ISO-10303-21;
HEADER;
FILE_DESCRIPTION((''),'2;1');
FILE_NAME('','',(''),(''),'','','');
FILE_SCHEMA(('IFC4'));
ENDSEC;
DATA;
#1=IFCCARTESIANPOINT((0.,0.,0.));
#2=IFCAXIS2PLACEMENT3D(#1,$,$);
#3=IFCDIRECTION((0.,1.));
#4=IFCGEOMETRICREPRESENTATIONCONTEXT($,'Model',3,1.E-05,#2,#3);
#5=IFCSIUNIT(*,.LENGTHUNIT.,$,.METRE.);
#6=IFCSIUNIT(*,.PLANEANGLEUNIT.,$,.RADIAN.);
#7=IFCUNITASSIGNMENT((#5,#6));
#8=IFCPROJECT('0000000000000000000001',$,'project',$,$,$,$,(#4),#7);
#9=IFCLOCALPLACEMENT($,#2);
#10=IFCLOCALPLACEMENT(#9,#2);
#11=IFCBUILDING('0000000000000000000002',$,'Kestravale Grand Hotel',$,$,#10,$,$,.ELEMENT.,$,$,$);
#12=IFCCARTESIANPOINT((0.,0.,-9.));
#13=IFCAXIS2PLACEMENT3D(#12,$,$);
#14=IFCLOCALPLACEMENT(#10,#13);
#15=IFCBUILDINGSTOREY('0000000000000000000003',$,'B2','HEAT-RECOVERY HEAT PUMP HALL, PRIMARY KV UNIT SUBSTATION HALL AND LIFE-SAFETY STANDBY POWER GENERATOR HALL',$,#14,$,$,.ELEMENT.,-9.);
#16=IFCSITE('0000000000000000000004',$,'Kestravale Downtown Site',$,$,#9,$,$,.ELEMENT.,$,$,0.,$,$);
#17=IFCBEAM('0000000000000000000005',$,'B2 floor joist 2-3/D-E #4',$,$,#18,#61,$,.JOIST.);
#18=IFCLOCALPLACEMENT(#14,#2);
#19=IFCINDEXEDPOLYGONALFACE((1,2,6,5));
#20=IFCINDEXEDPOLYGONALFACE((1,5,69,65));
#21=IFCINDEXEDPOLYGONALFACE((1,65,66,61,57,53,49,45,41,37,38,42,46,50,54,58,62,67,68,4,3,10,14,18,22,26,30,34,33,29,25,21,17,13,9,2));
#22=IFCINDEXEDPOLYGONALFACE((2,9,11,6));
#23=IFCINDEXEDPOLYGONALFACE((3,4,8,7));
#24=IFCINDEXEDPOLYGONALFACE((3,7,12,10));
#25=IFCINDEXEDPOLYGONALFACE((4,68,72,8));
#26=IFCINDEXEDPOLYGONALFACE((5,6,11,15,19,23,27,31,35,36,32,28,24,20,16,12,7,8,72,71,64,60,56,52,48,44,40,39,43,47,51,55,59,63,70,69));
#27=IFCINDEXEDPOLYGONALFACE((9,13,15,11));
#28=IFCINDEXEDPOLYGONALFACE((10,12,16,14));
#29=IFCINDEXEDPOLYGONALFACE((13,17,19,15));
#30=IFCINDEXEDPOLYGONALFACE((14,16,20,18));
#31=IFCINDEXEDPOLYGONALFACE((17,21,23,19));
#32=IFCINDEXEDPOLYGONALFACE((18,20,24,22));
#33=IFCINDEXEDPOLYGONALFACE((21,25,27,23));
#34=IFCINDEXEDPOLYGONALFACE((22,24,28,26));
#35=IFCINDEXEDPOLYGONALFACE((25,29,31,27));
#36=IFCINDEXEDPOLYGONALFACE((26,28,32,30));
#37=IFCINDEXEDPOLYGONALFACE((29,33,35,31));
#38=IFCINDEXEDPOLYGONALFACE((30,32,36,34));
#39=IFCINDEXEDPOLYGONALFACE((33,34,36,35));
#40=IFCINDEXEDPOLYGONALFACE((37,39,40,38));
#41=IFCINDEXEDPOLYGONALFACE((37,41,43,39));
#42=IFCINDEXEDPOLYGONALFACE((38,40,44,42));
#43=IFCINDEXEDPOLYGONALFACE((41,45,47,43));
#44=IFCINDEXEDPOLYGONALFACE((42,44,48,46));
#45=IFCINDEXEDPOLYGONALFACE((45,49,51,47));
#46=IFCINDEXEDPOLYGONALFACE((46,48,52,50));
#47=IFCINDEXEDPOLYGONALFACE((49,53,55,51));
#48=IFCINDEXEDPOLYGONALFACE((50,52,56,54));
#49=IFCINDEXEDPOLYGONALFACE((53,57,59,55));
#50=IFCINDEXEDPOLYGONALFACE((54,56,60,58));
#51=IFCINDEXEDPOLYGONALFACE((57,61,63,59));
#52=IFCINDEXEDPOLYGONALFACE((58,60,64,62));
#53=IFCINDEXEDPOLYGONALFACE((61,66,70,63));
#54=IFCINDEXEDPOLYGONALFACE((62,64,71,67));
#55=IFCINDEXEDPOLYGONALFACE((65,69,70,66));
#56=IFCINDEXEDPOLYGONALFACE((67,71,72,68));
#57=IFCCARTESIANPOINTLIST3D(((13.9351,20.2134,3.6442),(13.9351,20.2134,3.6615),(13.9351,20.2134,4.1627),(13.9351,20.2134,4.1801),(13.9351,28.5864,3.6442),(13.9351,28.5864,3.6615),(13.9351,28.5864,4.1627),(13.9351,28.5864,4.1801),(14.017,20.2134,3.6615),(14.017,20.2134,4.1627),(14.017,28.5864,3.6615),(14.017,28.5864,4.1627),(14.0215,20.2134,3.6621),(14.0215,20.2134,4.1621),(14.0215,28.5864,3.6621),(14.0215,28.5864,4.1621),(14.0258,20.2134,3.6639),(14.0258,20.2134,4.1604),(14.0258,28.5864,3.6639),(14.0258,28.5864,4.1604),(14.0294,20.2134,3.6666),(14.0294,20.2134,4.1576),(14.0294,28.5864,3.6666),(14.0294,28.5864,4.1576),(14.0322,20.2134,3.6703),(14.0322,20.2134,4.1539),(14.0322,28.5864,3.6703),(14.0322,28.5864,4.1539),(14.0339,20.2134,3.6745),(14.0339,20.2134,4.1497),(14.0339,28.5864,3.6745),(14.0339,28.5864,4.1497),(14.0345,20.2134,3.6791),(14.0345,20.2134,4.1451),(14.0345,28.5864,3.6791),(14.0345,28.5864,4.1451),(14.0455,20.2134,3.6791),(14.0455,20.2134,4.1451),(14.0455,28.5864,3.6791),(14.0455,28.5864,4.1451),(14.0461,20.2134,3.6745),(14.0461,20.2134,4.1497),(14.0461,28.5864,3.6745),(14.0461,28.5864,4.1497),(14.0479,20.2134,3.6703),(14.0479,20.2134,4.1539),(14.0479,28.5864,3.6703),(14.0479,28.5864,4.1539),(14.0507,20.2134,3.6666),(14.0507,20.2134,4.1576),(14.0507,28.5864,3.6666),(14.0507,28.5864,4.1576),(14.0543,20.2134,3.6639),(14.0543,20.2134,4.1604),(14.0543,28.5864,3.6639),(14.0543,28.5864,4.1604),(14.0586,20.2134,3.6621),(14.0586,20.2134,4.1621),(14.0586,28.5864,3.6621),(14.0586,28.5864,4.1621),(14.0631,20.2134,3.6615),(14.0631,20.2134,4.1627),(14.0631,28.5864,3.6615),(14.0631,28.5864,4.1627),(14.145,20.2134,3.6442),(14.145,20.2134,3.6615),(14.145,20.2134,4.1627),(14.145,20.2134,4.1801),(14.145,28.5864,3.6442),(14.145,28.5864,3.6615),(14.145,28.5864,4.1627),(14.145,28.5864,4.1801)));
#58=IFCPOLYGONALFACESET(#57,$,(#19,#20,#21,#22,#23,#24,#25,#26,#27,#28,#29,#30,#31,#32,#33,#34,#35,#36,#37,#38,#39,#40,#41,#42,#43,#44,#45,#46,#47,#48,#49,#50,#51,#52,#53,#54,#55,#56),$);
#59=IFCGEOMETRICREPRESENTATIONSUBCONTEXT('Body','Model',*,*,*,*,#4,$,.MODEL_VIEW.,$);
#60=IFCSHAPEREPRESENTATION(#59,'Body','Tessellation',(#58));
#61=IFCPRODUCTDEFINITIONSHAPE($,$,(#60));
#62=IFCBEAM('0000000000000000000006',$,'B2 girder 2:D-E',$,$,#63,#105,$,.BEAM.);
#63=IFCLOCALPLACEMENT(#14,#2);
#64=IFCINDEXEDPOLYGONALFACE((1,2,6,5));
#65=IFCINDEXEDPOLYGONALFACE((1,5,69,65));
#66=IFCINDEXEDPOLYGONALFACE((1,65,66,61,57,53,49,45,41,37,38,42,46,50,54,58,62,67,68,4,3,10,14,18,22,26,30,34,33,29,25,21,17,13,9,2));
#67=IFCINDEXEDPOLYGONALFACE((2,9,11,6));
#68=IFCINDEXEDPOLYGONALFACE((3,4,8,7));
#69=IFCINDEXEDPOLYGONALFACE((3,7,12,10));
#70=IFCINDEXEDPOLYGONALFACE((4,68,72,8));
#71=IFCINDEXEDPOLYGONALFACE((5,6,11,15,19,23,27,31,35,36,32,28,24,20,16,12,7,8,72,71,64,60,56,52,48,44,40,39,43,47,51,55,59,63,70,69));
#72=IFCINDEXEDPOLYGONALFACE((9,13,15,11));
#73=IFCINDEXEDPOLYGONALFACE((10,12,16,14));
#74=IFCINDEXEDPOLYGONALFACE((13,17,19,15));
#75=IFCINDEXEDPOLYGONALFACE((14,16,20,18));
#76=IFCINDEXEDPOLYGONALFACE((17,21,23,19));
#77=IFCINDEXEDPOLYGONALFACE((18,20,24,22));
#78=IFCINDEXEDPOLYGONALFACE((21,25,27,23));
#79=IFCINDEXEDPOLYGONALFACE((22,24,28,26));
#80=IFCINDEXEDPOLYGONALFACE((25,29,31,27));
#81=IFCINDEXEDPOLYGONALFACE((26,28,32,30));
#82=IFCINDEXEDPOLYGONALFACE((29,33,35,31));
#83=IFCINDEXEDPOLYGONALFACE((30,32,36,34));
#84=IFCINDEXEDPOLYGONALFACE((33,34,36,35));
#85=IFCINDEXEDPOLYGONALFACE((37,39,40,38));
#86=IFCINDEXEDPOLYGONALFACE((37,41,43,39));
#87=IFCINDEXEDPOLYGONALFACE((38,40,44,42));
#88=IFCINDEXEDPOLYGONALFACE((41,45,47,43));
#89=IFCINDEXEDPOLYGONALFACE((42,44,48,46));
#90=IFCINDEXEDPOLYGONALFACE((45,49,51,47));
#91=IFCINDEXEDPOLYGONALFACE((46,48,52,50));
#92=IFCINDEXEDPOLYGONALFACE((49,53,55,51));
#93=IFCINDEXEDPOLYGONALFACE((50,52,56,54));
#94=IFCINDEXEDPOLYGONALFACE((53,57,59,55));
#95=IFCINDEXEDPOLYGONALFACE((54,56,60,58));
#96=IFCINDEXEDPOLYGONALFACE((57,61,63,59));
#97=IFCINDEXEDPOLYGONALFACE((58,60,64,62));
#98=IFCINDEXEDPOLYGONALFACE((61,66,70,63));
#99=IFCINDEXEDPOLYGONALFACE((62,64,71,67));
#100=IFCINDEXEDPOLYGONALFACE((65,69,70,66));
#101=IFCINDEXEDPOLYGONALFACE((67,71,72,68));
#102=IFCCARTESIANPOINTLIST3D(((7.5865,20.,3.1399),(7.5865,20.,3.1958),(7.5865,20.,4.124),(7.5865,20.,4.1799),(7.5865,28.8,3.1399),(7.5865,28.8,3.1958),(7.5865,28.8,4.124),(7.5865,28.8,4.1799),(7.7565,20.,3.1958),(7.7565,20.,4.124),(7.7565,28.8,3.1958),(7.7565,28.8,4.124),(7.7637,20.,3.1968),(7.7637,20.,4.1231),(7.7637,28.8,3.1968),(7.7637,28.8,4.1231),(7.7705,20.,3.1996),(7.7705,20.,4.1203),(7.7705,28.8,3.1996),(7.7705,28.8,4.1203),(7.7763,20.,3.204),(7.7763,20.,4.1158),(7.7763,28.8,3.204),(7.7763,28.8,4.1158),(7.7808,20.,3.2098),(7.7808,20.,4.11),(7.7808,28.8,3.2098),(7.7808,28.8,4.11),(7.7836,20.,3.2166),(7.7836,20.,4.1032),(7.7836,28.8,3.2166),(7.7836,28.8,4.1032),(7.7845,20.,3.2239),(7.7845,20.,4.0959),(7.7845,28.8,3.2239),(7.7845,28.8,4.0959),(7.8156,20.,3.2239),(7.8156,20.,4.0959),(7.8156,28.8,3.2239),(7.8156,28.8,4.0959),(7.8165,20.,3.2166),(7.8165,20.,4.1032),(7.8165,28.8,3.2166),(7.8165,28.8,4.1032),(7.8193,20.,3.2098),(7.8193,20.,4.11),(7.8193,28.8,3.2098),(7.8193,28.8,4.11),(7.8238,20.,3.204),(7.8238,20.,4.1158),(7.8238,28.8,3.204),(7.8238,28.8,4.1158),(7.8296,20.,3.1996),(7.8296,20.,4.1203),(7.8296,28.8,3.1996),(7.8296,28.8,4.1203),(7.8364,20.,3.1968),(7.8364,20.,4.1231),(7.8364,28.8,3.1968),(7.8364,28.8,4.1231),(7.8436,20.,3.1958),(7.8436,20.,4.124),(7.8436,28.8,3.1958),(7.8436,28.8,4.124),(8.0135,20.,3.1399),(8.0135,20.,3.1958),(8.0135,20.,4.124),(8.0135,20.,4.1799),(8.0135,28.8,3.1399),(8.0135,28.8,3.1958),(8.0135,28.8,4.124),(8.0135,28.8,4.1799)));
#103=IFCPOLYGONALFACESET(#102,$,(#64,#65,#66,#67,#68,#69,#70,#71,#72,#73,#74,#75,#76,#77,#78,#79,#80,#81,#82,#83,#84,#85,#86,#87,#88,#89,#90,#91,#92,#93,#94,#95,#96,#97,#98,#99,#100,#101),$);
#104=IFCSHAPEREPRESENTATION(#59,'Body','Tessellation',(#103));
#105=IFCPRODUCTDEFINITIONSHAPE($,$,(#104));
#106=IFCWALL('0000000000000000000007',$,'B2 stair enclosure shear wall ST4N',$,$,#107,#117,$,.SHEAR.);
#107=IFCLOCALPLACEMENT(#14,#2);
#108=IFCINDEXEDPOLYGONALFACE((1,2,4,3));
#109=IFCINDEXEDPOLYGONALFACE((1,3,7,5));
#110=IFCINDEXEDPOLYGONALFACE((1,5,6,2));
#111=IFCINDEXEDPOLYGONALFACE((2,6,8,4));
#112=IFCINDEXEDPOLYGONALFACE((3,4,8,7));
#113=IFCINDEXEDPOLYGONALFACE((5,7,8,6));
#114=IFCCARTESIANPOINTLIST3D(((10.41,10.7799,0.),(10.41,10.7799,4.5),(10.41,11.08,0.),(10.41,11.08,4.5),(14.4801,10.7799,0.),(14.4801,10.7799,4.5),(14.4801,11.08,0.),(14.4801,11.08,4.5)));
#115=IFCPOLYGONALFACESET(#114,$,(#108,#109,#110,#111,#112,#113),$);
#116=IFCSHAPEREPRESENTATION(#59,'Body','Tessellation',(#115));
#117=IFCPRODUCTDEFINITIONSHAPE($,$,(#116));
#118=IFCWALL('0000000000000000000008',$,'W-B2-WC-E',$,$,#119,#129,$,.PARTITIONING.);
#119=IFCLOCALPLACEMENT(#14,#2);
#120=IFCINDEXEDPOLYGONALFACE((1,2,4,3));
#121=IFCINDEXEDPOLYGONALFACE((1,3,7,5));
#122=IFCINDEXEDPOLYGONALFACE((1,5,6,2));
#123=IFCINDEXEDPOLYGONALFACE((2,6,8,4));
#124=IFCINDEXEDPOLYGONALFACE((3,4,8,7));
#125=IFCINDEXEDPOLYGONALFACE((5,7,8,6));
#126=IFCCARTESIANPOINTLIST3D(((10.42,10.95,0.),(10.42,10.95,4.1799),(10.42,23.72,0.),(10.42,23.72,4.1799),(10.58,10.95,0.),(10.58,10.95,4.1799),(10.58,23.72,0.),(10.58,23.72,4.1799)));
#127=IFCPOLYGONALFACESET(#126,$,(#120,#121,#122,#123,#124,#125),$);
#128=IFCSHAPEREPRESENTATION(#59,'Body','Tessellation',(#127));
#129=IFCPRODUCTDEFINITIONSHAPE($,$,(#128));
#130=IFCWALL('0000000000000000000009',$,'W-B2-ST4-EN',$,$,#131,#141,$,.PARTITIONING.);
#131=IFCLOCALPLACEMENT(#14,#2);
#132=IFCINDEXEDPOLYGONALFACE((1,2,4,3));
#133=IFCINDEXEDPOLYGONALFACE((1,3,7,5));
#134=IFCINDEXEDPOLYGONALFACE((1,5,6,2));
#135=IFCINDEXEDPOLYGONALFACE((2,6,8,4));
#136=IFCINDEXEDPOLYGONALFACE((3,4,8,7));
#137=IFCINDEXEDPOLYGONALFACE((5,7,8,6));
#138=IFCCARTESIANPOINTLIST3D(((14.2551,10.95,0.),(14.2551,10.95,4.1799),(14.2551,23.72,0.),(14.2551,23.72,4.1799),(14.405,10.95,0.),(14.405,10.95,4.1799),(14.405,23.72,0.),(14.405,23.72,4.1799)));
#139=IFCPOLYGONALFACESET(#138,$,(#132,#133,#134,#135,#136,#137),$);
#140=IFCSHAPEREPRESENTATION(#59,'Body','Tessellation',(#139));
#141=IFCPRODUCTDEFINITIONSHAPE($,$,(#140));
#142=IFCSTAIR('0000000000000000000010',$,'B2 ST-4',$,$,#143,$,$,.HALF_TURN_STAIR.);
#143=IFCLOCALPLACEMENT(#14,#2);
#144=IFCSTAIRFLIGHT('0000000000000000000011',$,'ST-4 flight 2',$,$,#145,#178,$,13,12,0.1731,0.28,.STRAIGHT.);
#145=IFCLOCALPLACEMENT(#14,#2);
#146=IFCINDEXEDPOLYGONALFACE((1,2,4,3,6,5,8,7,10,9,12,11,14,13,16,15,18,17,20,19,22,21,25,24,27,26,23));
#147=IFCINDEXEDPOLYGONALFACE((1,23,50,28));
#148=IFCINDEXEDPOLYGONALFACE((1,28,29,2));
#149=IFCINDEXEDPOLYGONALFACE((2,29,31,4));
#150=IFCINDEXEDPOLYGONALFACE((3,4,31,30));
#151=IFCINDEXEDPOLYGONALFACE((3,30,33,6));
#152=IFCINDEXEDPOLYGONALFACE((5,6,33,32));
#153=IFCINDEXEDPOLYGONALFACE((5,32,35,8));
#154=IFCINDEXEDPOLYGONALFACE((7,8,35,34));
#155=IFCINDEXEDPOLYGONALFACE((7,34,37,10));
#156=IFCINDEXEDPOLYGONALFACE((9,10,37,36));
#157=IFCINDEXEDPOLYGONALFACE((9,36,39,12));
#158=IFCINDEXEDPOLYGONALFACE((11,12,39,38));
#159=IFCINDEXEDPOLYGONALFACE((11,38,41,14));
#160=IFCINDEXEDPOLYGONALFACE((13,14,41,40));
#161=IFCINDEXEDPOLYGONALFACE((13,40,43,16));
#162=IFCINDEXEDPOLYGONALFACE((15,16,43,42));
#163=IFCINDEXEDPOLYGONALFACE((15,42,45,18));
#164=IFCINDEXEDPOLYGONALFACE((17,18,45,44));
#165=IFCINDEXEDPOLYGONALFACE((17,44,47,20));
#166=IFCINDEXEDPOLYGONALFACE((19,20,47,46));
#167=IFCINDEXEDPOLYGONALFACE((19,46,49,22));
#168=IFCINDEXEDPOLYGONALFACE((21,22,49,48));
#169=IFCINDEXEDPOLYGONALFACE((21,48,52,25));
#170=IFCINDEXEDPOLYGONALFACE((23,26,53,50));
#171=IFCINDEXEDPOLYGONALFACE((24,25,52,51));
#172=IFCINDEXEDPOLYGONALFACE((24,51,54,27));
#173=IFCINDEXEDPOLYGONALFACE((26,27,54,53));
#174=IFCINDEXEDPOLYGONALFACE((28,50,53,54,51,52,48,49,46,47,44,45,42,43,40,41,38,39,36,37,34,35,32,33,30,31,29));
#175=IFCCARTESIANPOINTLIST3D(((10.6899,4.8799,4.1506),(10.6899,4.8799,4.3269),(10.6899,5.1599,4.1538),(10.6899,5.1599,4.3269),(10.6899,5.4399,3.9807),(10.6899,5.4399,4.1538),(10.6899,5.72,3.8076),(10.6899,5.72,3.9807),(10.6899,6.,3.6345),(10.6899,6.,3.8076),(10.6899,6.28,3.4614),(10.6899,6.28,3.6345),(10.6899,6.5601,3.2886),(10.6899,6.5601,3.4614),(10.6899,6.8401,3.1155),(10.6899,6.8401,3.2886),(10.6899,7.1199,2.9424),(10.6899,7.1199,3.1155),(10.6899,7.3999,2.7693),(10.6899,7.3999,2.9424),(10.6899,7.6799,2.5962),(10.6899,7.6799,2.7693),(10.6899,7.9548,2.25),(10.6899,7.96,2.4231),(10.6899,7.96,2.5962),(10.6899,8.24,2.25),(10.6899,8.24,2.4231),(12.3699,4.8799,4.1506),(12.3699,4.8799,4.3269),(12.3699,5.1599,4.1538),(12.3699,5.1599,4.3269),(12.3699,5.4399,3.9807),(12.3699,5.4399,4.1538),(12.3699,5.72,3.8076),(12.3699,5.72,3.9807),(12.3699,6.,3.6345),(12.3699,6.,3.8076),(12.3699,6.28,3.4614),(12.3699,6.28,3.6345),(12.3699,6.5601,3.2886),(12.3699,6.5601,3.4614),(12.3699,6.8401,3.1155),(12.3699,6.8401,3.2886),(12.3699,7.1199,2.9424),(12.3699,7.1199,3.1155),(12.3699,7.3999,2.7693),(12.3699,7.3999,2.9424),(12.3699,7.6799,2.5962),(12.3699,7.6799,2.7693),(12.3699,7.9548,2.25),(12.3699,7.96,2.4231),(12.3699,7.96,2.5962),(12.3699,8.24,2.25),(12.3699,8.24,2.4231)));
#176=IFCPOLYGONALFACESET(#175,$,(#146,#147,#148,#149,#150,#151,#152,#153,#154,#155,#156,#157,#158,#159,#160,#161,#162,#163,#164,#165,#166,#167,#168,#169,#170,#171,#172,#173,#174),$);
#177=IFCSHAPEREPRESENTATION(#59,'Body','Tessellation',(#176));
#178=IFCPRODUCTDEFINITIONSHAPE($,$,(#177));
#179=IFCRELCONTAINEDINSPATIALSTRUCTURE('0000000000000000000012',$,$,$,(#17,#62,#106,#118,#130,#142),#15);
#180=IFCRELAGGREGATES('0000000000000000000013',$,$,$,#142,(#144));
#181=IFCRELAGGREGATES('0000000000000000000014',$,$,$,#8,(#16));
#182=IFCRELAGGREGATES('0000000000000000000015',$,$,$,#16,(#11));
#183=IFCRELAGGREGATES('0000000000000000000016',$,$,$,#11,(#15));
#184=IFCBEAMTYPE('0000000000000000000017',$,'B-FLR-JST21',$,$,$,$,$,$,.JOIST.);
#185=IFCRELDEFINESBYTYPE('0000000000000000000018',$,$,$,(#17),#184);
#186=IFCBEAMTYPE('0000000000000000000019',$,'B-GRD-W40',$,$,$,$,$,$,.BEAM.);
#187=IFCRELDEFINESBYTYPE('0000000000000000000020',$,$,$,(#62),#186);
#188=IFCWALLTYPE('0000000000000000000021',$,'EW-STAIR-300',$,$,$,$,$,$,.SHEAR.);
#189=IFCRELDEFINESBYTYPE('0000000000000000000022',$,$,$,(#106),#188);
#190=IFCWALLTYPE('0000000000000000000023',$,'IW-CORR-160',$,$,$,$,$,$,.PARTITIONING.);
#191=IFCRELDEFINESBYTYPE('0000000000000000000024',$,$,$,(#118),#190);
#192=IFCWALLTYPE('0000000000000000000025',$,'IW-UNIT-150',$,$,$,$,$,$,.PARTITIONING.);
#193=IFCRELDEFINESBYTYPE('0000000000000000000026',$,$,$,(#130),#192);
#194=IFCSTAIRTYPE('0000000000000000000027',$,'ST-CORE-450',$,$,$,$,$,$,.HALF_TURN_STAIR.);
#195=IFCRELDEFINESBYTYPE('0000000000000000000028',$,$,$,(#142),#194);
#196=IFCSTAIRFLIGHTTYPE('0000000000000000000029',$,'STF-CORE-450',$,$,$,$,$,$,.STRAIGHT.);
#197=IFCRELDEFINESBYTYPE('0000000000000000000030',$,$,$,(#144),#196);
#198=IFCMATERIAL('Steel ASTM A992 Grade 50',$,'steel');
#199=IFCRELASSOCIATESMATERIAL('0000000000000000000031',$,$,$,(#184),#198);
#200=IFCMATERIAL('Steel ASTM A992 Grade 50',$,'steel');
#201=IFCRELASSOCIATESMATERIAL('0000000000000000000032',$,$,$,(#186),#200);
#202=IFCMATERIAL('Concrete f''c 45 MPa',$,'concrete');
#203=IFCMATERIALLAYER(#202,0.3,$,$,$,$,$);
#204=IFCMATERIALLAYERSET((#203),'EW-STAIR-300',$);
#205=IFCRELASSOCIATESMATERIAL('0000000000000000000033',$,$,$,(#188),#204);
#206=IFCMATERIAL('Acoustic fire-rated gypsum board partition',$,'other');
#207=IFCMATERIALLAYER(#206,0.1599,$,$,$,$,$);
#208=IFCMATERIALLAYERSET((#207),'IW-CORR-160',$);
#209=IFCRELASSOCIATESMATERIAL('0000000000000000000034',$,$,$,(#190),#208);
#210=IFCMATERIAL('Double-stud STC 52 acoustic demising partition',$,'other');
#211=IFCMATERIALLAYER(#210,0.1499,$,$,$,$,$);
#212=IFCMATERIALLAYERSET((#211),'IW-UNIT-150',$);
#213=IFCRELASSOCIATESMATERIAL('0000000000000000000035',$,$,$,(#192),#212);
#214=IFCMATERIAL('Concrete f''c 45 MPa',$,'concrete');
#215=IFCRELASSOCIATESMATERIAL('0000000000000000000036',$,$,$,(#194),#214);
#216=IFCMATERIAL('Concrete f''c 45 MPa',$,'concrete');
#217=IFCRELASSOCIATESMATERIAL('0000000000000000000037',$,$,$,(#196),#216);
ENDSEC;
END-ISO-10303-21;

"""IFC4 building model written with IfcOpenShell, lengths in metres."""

from ifc_helpers import new_model, si_unit, direction, frame, frame_2d, origin, origin_2d, place, context, subcontext, project, spatial, polyline, rectangle, i_section, outline, extrude, material, layer, layer_set, material_profile, profile_set, type_object, element, aggregate, save


model = new_model("IFC4")

# Units and contexts
model_context = context("Model", 3, precision=1e-05, world=origin(), true_north=direction((0.0, 1.0)))
body_context = subcontext(model_context, "Body", "Model", "MODEL_VIEW")
ifc_project = project(units=[si_unit("LENGTHUNIT", "METRE"), si_unit("PLANEANGLEUNIT", "RADIAN")], contexts=[model_context])

# Site, building, storey
site_placement = place(None, origin())
site = spatial("IfcSite", under=ifc_project, at=site_placement, Name="Kestravale Downtown Site", CompositionType="ELEMENT", RefElevation=0.0)
building_placement = place(site_placement, origin())
building = spatial("IfcBuilding", under=site, at=building_placement, Name="Kestravale Grand Hotel", CompositionType="ELEMENT")
storey_placement = place(building_placement, frame((0.0, 0.0, -9.0)))
storey = spatial("IfcBuildingStorey", under=building, at=storey_placement, Name="B2", Description="HEAT-RECOVERY HEAT PUMP HALL, PRIMARY KV UNIT SUBSTATION HALL AND LIFE-SAFETY STANDBY POWER GENERATOR HALL", CompositionType="ELEMENT", Elevation=-9.0)

# Beams
ifc_material_1 = material(Name="Steel ASTM A992 Grade 50", Category="steel")
ifc_material_profile_1 = material_profile(ifc_material_1, i_section(OverallWidth=0.21, OverallDepth=0.5359, WebThickness=0.011, FlangeThickness=0.0173, FilletRadius=0.0176, at=origin_2d()))
ifc_profile_set_1 = profile_set([ifc_material_profile_1], Name="Steel ASTM A992 Grade 50")
beam_type_1 = type_object("IfcBeamType", Name="B-FLR-JST21", PredefinedType="JOIST", material=ifc_profile_set_1)
for number, where, z_axis, x_axis, name in (
    (1, (14.04, 20.2134, 3.9121), (0.0, 1.0, 0.0), (-1.0, 0.0, 0.0), "B2 floor joist 2-3/D-E #4"),
):
    element("IfcBeam", number, at=place(storey_placement, frame(where, z_axis=z_axis, x_axis=x_axis)), inside=storey, type_object=beam_type_1, Name=name, PredefinedType="JOIST", context=body_context, shape_type="SweptSolid", body=[
        extrude(i_section(OverallWidth=0.21, OverallDepth=0.5359, WebThickness=0.011, FlangeThickness=0.0173, FilletRadius=0.0176, at=origin_2d()), origin(), (0.0, 0.0, 1.0), 8.373),
    ])
ifc_material_2 = material(Name="Steel ASTM A992 Grade 50", Category="steel")
ifc_material_profile_2 = material_profile(ifc_material_2, i_section(OverallWidth=0.427, OverallDepth=1.04, WebThickness=0.031, FlangeThickness=0.0559, FilletRadius=0.0281, at=origin_2d()))
ifc_profile_set_2 = profile_set([ifc_material_profile_2], Name="Steel ASTM A992 Grade 50")
beam_type_2 = type_object("IfcBeamType", Name="B-GRD-W40", PredefinedType="BEAM", material=ifc_profile_set_2)
beam_placement = place(storey_placement, frame((7.8, 20.0, 3.6599), z_axis=(0.0, 1.0, 0.0), x_axis=(-1.0, 0.0, 0.0)))
element("IfcBeam", 2, at=beam_placement, inside=storey, type_object=beam_type_2, Name="B2 girder 2:D-E", PredefinedType="BEAM", context=body_context, shape_type="SweptSolid", body=[
    extrude(i_section(OverallWidth=0.427, OverallDepth=1.04, WebThickness=0.031, FlangeThickness=0.0559, FilletRadius=0.0281, at=origin_2d()), origin(), (0.0, 0.0, 1.0), 8.8),
])

# Walls
ifc_material_3 = material(Name="Concrete f'c 45 MPa", Category="concrete")
ifc_layer_1 = layer(ifc_material_3, 0.3)
ifc_layer_set_1 = layer_set([ifc_layer_1], Name="EW-STAIR-300")
wall_type_1 = type_object("IfcWallType", Name="EW-STAIR-300", PredefinedType="SHEAR", material=ifc_layer_set_1)
wall_1_placement = place(storey_placement, frame((10.4099, 10.9299, 0.0), z_axis=(0.0, 0.0, 1.0), x_axis=(1.0, 0.0, 0.0)))
element("IfcWall", 3, at=wall_1_placement, inside=storey, type_object=wall_type_1, Name="B2 stair enclosure shear wall ST4N", PredefinedType="SHEAR", context=body_context, shape_type="SweptSolid", body=[
    extrude(rectangle(XDim=4.0701, YDim=0.3, at=frame_2d((2.0352, 0.0))), origin(), (0.0, 0.0, 1.0), 4.5),
])
ifc_material_4 = material(Name="Acoustic fire-rated gypsum board partition", Category="other")
ifc_layer_2 = layer(ifc_material_4, 0.1599)
ifc_layer_set_2 = layer_set([ifc_layer_2], Name="IW-CORR-160")
wall_type_2 = type_object("IfcWallType", Name="IW-CORR-160", PredefinedType="PARTITIONING", material=ifc_layer_set_2)
wall_2_placement = place(storey_placement, frame((10.5, 10.95, 0.0), z_axis=(0.0, 0.0, 1.0), x_axis=(0.0, 1.0, 0.0)))
element("IfcWall", 4, at=wall_2_placement, inside=storey, type_object=wall_type_2, Name="W-B2-WC-E", PredefinedType="PARTITIONING", context=body_context, shape_type="SweptSolid", body=[
    extrude(rectangle(XDim=12.77, YDim=0.1599, at=frame_2d((6.385, 0.0))), origin(), (0.0, 0.0, 1.0), 4.1799),
])
ifc_material_5 = material(Name="Double-stud STC 52 acoustic demising partition", Category="other")
ifc_layer_3 = layer(ifc_material_5, 0.1499)
ifc_layer_set_3 = layer_set([ifc_layer_3], Name="IW-UNIT-150")
wall_type_3 = type_object("IfcWallType", Name="IW-UNIT-150", PredefinedType="PARTITIONING", material=ifc_layer_set_3)
wall_3_placement = place(storey_placement, frame((14.3301, 10.95, 0.0), z_axis=(0.0, 0.0, 1.0), x_axis=(0.0, 1.0, 0.0)))
element("IfcWall", 5, at=wall_3_placement, inside=storey, type_object=wall_type_3, Name="W-B2-ST4-EN", PredefinedType="PARTITIONING", context=body_context, shape_type="SweptSolid", body=[
    extrude(rectangle(XDim=12.77, YDim=0.1499, at=frame_2d((6.385, 0.0))), origin(), (0.0, 0.0, 1.0), 4.1799),
])

# Stair, stair flight
ifc_material_6 = material(Name="Concrete f'c 45 MPa", Category="concrete")
stair_type = type_object("IfcStairType", Name="ST-CORE-450", PredefinedType="HALF_TURN_STAIR", material=ifc_material_6)
stair_placement = place(storey_placement, origin())
stair = element("IfcStair", 6, at=stair_placement, inside=storey, type_object=stair_type, Name="B2 ST-4", PredefinedType="HALF_TURN_STAIR")
ifc_material_7 = material(Name="Concrete f'c 45 MPa", Category="concrete")
stair_flight_type = type_object("IfcStairFlightType", Name="STF-CORE-450", PredefinedType="STRAIGHT", material=ifc_material_7)
stair_flight_placement = place(storey_placement, frame((11.53, 8.24, 2.25), z_axis=(0.0, 0.0, 1.0), x_axis=(0.0, -1.0, 0.0)))
stair_flight = element("IfcStairFlight", 7, at=stair_flight_placement, type_object=stair_flight_type, Name="ST-4 flight 2", NumberOfRisers=13, NumberOfTreads=12, PredefinedType="STRAIGHT", RiserHeight=0.1731, TreadLength=0.28, context=body_context, shape_type="SweptSolid", body=[
    extrude(outline(polyline([(0.0, 0.0), (0.0, 0.1731), (0.28, 0.1731), (0.28, 0.3462), (0.5601, 0.3462), (0.5601, 0.5193), (0.8401, 0.5193), (0.8401, 0.6924), (1.1201, 0.6924), (1.1201, 0.8655), (1.3999, 0.8655), (1.3999, 1.0386), (1.6799, 1.0386), (1.6799, 1.2114), (1.96, 1.2114), (1.96, 1.3845), (2.24, 1.3845), (2.24, 1.5576), (2.52, 1.5576), (2.52, 1.7307), (2.8, 1.7307), (2.8, 1.9038), (3.0801, 1.9038), (3.0801, 2.0769), (3.3601, 2.0769), (3.3601, 2.25), (3.3601, 1.9006), (0.2852, 0.0), (0.0, 0.0)])), frame((0.0, 0.8398, 0.0), z_axis=(0.0, -1.0, 0.0), x_axis=(1.0, 0.0, 0.0)), (0.0, 0.0, 1.0), 1.6799),
])
aggregate(stair, [stair_flight])

save(model, "model.ifc")
